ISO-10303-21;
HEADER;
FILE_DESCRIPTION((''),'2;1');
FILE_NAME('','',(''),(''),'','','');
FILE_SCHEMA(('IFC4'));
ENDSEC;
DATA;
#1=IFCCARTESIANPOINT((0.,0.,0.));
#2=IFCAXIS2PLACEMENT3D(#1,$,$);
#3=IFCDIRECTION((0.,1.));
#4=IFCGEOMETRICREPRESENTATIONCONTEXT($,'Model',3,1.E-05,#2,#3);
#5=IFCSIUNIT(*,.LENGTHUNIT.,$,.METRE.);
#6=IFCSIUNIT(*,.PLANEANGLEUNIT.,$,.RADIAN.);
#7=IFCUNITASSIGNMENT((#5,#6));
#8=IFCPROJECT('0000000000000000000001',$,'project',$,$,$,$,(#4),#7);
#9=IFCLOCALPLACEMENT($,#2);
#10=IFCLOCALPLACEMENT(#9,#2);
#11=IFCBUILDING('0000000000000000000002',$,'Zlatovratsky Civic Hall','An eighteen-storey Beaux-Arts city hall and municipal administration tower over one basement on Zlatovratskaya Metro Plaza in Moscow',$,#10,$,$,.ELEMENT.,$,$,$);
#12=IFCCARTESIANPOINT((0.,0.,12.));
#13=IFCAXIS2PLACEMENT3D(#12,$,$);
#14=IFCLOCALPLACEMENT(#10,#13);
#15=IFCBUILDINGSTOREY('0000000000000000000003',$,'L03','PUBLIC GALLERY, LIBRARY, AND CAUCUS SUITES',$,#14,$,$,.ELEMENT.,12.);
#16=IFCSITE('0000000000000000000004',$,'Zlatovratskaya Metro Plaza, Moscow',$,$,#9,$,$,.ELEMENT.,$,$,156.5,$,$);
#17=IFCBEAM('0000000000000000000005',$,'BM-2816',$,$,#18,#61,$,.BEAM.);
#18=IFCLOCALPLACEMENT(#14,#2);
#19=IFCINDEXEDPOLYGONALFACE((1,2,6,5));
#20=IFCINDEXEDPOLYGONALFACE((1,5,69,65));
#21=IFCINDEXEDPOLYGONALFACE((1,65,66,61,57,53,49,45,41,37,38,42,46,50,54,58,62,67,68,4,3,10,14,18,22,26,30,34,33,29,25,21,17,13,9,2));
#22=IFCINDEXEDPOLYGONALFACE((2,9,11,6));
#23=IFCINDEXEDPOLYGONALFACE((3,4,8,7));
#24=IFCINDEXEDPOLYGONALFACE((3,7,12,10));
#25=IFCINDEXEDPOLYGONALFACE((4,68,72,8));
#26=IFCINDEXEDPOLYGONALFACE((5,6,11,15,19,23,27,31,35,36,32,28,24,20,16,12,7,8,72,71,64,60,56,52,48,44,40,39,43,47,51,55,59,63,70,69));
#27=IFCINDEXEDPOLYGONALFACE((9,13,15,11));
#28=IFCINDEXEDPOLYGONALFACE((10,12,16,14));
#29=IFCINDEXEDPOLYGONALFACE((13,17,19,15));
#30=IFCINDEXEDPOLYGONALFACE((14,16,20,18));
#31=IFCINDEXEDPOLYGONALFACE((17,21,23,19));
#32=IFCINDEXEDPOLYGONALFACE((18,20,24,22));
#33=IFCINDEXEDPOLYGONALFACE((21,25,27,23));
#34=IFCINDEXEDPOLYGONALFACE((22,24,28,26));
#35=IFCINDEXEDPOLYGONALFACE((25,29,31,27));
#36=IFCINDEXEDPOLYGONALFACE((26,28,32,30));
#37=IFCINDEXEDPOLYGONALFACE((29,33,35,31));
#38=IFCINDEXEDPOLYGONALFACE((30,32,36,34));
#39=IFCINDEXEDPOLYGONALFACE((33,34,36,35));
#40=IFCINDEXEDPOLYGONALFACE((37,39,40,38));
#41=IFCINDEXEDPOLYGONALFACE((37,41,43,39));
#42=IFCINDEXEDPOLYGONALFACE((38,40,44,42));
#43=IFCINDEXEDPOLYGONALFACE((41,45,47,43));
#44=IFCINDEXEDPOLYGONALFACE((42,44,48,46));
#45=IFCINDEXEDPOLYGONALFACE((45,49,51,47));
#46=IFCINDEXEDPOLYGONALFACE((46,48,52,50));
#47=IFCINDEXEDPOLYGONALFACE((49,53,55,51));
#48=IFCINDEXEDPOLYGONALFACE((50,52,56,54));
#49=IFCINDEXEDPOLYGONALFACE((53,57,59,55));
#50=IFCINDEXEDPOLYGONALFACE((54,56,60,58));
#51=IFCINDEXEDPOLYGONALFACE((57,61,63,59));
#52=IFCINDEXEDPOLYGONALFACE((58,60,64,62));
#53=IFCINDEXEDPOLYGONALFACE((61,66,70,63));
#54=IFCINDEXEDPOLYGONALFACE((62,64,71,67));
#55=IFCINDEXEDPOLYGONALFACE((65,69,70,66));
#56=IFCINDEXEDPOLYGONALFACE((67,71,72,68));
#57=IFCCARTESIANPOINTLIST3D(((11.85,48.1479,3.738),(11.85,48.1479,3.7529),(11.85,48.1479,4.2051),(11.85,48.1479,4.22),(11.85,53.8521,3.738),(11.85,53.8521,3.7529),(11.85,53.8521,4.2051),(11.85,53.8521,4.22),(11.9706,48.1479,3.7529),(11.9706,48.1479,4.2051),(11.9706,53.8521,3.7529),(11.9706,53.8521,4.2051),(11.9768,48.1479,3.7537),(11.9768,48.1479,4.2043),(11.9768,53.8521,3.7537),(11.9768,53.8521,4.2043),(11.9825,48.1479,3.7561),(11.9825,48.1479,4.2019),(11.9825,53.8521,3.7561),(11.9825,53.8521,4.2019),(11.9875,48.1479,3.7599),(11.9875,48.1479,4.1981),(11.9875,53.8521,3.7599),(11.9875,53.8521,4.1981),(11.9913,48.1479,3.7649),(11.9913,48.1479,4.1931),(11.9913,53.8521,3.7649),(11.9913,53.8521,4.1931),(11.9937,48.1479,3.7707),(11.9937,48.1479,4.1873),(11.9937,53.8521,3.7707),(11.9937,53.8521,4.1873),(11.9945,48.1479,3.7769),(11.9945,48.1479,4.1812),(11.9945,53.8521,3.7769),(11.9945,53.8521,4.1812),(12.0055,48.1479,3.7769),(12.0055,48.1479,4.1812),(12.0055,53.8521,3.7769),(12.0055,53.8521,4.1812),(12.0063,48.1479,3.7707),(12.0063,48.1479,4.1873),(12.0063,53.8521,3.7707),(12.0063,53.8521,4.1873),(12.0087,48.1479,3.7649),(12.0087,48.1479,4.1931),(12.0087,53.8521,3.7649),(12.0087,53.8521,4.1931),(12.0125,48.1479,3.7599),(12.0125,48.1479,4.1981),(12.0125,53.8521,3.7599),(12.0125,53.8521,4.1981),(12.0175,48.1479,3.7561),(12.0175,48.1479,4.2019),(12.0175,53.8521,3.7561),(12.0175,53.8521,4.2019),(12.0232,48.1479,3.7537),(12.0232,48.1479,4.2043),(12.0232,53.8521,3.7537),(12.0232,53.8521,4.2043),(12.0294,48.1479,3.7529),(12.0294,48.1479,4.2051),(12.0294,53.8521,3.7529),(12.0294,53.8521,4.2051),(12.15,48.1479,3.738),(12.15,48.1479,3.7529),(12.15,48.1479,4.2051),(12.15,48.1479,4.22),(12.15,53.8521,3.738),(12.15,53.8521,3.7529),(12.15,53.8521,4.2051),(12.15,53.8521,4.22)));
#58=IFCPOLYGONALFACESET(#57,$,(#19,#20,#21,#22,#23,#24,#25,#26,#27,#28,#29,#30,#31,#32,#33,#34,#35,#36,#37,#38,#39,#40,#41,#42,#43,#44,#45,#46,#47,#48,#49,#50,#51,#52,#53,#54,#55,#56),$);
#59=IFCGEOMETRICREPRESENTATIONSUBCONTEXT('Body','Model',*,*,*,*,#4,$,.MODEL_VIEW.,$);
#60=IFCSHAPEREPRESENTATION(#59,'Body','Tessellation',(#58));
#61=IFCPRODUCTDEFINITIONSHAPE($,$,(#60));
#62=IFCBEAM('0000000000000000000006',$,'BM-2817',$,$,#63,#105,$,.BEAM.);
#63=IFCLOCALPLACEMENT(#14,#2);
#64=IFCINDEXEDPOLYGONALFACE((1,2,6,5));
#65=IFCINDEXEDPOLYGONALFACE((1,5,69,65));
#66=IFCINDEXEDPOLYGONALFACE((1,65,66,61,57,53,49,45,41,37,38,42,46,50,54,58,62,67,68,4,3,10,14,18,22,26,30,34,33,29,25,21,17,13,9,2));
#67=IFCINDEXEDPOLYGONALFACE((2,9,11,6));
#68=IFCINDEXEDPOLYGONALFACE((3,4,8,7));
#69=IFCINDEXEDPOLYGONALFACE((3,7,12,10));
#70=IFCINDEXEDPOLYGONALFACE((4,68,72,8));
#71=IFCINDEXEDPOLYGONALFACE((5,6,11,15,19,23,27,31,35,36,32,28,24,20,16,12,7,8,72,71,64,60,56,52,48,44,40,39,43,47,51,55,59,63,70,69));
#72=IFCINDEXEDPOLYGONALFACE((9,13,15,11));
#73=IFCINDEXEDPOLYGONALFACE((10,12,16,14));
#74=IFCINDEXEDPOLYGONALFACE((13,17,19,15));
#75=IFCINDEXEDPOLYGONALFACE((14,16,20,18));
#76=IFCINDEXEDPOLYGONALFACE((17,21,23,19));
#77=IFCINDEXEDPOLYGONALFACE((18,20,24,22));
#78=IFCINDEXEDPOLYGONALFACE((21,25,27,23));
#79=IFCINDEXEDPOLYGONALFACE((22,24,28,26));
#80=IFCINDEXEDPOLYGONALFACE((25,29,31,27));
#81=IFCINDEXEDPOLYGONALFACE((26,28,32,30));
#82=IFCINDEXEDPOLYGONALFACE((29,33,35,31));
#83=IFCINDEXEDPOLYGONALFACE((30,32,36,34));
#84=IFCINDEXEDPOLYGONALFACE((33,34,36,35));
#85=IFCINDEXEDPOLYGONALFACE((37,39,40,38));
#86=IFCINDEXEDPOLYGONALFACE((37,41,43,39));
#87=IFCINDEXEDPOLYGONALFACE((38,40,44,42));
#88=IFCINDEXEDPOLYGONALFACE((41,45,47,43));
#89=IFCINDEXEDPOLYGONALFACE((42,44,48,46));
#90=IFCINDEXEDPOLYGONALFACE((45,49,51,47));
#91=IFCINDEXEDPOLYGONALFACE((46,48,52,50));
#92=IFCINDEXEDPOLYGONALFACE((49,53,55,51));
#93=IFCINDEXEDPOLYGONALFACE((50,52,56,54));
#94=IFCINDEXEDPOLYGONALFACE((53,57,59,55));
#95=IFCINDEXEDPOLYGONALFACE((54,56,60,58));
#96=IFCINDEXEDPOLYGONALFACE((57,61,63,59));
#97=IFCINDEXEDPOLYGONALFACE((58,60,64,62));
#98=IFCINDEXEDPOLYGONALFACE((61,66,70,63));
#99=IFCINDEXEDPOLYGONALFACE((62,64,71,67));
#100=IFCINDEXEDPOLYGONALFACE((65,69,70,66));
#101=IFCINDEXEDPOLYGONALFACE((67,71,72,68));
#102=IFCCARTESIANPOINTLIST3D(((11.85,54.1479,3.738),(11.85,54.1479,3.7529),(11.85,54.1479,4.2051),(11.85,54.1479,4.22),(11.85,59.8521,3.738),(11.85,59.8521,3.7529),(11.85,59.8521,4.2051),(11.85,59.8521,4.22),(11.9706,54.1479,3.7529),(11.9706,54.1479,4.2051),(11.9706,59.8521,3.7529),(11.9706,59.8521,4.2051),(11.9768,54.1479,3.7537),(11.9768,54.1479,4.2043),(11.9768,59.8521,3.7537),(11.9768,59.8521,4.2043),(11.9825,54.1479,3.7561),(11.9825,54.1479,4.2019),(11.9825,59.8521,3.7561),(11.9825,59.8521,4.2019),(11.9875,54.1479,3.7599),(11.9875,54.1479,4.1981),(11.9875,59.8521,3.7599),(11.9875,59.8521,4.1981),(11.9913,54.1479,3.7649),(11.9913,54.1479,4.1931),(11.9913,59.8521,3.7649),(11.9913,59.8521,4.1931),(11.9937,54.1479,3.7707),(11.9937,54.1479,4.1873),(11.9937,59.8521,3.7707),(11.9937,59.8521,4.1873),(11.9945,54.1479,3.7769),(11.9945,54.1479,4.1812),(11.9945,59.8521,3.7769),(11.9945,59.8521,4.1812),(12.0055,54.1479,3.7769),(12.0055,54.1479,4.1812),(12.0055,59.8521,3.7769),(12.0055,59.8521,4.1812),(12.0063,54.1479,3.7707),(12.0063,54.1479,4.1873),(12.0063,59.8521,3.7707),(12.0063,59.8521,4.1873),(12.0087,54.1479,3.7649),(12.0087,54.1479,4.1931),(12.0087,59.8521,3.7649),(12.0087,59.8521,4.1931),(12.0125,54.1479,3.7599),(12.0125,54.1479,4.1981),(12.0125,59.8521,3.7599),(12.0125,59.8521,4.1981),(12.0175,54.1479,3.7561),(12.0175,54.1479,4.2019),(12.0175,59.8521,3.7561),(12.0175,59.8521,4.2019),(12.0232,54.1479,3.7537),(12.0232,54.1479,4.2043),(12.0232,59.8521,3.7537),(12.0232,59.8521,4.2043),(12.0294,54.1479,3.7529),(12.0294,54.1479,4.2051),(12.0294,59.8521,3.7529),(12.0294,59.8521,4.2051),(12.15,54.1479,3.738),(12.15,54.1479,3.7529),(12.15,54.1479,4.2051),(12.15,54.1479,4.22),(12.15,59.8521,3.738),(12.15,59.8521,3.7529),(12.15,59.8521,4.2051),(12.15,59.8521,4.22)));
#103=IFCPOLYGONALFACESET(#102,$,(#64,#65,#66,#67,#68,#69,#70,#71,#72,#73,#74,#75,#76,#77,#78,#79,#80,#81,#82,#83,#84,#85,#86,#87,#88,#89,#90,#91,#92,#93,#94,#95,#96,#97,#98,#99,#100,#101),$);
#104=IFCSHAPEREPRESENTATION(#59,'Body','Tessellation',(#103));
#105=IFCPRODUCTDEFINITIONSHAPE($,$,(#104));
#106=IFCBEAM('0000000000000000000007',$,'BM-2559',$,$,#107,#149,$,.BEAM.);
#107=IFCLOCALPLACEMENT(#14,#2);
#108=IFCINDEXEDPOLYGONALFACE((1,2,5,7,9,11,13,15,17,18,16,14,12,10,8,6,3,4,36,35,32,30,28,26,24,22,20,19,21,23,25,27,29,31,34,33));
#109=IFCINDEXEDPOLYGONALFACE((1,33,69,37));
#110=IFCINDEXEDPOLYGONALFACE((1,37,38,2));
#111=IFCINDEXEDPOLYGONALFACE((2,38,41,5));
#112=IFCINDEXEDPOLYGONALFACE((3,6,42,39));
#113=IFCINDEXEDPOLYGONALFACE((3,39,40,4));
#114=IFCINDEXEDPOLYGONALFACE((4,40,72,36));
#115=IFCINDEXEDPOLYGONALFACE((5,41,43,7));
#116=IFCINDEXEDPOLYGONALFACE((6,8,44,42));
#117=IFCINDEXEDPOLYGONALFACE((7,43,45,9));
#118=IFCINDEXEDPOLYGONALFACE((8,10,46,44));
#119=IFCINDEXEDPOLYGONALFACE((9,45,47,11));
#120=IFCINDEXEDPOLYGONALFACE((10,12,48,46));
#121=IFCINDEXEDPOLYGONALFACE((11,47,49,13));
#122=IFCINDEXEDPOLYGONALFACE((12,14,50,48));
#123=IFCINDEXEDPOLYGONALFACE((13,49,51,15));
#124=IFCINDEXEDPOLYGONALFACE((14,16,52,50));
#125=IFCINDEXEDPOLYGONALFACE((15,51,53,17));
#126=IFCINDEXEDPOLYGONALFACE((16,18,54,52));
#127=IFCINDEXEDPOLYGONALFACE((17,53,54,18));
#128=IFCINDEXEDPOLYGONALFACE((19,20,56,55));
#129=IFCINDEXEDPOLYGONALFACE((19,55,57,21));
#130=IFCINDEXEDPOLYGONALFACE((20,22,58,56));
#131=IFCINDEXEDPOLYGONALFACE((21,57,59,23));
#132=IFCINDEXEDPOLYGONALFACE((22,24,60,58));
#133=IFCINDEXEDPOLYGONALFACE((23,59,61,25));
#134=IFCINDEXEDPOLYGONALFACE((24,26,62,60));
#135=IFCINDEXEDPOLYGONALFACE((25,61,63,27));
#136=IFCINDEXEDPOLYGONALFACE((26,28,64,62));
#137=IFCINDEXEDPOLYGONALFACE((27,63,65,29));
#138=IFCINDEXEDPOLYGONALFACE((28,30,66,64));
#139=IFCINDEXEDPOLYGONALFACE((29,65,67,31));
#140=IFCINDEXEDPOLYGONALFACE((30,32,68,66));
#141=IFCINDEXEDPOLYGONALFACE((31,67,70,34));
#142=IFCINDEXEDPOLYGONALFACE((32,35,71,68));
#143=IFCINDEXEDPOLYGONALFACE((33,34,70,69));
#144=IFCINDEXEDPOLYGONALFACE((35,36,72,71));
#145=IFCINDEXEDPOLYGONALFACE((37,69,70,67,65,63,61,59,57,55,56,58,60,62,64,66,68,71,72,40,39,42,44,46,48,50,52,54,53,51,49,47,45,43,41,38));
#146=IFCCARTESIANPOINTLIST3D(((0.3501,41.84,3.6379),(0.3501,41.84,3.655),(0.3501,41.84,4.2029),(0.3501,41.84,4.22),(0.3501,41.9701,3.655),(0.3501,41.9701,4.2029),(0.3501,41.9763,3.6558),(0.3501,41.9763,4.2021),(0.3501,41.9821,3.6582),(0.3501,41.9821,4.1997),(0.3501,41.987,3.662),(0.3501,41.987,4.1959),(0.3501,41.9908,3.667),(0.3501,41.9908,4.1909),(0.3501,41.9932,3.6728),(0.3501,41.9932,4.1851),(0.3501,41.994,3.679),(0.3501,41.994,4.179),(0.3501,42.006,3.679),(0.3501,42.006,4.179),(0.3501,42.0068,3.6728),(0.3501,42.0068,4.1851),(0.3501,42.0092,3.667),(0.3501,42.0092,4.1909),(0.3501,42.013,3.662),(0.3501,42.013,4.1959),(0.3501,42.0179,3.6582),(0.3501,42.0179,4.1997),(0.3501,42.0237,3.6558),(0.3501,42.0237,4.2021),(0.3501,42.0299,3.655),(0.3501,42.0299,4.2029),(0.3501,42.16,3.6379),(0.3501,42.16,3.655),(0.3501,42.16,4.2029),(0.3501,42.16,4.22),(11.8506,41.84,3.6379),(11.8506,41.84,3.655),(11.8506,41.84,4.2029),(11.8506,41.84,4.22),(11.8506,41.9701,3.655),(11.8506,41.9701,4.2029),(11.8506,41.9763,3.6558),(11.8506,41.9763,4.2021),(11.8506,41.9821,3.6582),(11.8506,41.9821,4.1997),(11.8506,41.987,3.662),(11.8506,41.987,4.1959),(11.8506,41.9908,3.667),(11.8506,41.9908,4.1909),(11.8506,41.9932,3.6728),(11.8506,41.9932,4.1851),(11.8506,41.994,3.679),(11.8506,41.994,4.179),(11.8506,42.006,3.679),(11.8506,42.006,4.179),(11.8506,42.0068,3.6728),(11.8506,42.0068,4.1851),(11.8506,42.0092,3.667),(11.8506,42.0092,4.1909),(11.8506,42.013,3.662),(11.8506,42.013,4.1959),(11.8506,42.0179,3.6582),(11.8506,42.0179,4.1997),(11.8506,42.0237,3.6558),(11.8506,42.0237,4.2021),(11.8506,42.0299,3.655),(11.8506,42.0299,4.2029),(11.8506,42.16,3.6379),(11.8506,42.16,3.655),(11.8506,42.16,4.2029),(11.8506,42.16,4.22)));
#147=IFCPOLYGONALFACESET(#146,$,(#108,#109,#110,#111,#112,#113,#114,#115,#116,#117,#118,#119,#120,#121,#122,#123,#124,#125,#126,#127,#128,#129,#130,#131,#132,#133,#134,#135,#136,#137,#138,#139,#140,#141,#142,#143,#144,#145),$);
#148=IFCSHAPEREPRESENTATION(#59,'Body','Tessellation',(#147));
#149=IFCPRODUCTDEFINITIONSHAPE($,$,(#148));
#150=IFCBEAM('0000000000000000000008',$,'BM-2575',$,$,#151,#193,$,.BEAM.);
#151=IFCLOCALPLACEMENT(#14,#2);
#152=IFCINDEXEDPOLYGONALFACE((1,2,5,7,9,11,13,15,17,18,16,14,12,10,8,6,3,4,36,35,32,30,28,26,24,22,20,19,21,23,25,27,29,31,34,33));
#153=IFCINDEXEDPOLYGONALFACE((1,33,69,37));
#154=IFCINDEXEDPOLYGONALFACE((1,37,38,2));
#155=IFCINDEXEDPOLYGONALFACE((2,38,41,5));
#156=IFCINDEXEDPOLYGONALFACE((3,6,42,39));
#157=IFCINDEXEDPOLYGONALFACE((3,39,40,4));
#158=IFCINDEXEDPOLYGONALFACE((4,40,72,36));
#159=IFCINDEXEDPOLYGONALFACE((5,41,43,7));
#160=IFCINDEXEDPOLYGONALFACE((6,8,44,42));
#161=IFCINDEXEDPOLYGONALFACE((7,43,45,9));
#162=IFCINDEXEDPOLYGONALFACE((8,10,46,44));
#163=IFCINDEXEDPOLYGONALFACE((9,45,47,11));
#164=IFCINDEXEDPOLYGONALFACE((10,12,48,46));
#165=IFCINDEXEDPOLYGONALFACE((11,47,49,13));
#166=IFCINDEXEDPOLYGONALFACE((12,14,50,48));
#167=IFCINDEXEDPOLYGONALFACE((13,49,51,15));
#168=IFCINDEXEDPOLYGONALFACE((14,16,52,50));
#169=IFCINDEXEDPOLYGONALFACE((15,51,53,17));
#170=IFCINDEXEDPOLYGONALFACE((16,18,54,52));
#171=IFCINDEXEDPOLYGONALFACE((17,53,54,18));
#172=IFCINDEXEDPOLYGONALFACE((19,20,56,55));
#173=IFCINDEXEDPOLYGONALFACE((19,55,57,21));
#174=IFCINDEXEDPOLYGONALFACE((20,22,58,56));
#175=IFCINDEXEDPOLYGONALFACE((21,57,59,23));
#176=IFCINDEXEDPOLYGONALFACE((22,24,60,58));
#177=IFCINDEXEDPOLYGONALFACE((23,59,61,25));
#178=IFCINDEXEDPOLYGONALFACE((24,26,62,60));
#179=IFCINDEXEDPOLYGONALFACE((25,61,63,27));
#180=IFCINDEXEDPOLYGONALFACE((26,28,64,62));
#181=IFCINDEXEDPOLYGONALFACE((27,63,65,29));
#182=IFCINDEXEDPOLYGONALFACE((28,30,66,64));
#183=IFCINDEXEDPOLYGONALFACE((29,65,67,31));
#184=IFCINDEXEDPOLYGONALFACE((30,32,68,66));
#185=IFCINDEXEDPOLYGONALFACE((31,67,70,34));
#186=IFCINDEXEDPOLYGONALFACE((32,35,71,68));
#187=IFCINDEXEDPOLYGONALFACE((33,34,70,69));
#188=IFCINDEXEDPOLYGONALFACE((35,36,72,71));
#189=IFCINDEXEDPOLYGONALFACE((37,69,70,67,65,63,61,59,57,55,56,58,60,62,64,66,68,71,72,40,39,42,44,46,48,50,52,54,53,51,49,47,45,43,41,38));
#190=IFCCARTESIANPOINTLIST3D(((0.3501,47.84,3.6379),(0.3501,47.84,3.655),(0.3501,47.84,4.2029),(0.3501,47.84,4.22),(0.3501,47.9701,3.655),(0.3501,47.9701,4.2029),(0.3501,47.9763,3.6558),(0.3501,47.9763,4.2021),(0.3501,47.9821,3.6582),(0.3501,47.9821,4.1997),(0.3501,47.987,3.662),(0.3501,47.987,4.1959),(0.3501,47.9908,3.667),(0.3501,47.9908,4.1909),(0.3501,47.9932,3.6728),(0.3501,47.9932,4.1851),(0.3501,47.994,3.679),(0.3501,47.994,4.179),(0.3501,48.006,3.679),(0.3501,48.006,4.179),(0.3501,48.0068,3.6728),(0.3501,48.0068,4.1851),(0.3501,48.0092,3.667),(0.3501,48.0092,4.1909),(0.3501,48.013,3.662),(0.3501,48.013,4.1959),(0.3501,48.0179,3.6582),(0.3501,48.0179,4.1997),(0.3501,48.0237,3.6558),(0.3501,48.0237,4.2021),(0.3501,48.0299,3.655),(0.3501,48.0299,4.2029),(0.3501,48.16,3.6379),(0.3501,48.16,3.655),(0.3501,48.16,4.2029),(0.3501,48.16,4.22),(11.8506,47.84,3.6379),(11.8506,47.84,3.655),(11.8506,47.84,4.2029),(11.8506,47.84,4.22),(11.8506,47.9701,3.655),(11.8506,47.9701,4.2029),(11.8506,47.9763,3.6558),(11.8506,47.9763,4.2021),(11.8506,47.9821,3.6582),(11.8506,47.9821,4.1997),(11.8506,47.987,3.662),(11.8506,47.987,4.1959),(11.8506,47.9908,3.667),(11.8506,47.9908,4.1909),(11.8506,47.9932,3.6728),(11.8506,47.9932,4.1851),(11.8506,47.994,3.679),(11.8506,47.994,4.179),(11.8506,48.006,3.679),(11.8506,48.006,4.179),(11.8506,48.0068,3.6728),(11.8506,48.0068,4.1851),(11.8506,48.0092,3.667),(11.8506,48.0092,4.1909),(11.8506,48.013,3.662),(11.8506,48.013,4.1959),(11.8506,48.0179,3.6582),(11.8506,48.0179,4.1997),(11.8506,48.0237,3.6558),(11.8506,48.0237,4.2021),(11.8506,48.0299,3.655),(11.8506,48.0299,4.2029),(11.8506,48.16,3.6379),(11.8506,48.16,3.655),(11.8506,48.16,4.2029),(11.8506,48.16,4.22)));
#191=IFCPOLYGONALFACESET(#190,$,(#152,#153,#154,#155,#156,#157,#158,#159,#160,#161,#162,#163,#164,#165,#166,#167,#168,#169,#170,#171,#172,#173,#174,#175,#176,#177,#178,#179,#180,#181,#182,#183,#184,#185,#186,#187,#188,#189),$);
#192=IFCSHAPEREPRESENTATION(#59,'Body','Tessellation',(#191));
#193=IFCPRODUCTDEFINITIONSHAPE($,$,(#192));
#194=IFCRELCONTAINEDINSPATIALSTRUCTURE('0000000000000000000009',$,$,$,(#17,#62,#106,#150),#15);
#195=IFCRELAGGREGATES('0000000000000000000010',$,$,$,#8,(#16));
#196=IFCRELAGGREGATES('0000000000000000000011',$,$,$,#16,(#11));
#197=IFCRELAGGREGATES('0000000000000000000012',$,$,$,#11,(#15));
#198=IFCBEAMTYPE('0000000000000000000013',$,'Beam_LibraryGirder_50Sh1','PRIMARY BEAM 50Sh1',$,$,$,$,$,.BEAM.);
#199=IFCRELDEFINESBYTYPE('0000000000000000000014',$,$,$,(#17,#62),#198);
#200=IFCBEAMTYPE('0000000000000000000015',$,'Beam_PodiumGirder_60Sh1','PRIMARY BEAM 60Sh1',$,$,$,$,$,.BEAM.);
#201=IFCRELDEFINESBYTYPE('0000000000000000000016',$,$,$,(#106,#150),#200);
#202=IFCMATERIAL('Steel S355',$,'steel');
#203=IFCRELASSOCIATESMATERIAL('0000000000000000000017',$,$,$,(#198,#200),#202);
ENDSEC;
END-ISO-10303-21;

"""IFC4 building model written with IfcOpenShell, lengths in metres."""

from ifc_helpers import new_model, si_unit, direction, frame, origin, origin_2d, place, context, subcontext, project, spatial, i_section, extrude, material, material_profile, profile_set, type_object, element, save


model = new_model("IFC4")

# Units and contexts
model_context = context("Model", 3, precision=1e-05, world=origin(), true_north=direction((0.0, 1.0)))
body_context = subcontext(model_context, "Body", "Model", "MODEL_VIEW")
ifc_project = project(units=[si_unit("LENGTHUNIT", "METRE"), si_unit("PLANEANGLEUNIT", "RADIAN")], contexts=[model_context])

# Site, building, storey
site_placement = place(None, origin())
site = spatial("IfcSite", under=ifc_project, at=site_placement, Name="Zlatovratskaya Metro Plaza, Moscow", CompositionType="ELEMENT", RefElevation=156.5)
building_placement = place(site_placement, origin())
building = spatial("IfcBuilding", under=site, at=building_placement, Name="Zlatovratsky Civic Hall", Description="An eighteen-storey Beaux-Arts city hall and municipal administration tower over one basement on Zlatovratskaya Metro Plaza in Moscow", CompositionType="ELEMENT")
storey_placement = place(building_placement, frame((0.0, 0.0, 12.0)))
storey = spatial("IfcBuildingStorey", under=building, at=storey_placement, Name="L03", Description="PUBLIC GALLERY, LIBRARY, AND CAUCUS SUITES", CompositionType="ELEMENT", Elevation=12.0)

# Shared definitions
ifc_material_1 = material(Name="Steel S355", Category="steel")

# Beams
ifc_material_profile_1 = material_profile(ifc_material_1, i_section(OverallWidth=0.3, OverallDepth=0.4819, WebThickness=0.011, FlangeThickness=0.0149, FilletRadius=0.0239, at=origin_2d()), Name="50Sh1")
ifc_profile_set_1 = profile_set([ifc_material_profile_1], Name="Steel S355")
beam_type_1 = type_object("IfcBeamType", Name="Beam_LibraryGirder_50Sh1", Description="PRIMARY BEAM 50Sh1", PredefinedType="BEAM", material=ifc_profile_set_1)
for number, where, z_axis, x_axis, name in (
    (1, (12.0, 48.1479, 3.979), (0.0, 1.0, 0.0), (-1.0, 0.0, 0.0), "BM-2816"),
    (2, (12.0, 54.1479, 3.979), (0.0, 1.0, 0.0), (-1.0, 0.0, 0.0), "BM-2817"),
):
    element("IfcBeam", number, at=place(storey_placement, frame(where, z_axis=z_axis, x_axis=x_axis)), inside=storey, type_object=beam_type_1, Name=name, PredefinedType="BEAM", context=body_context, shape_type="SweptSolid", body=[
        extrude(i_section(OverallWidth=0.3, OverallDepth=0.4819, WebThickness=0.011, FlangeThickness=0.0149, FilletRadius=0.0239, at=origin_2d()), origin(), (0.0, 0.0, 1.0), 5.7041),
    ])
ifc_material_profile_2 = material_profile(ifc_material_1, i_section(OverallWidth=0.3201, OverallDepth=0.582, WebThickness=0.012, FlangeThickness=0.0171, FilletRadius=0.0239, at=origin_2d()), Name="60Sh1")
ifc_profile_set_2 = profile_set([ifc_material_profile_2], Name="Steel S355")
beam_type_2 = type_object("IfcBeamType", Name="Beam_PodiumGirder_60Sh1", Description="PRIMARY BEAM 60Sh1", PredefinedType="BEAM", material=ifc_profile_set_2)
for number, where, z_axis, x_axis, name in (
    (3, (0.3501, 42.0, 3.929), (1.0, 0.0, 0.0), (0.0, 1.0, 0.0), "BM-2559"),
    (4, (0.3501, 48.0, 3.929), (1.0, 0.0, 0.0), (0.0, 1.0, 0.0), "BM-2575"),
):
    element("IfcBeam", number, at=place(storey_placement, frame(where, z_axis=z_axis, x_axis=x_axis)), inside=storey, type_object=beam_type_2, Name=name, PredefinedType="BEAM", context=body_context, shape_type="SweptSolid", body=[
        extrude(i_section(OverallWidth=0.3201, OverallDepth=0.582, WebThickness=0.012, FlangeThickness=0.0171, FilletRadius=0.0239, at=origin_2d()), origin(), (0.0, 0.0, 1.0), 11.5005),
    ])

save(model, "model.ifc")
